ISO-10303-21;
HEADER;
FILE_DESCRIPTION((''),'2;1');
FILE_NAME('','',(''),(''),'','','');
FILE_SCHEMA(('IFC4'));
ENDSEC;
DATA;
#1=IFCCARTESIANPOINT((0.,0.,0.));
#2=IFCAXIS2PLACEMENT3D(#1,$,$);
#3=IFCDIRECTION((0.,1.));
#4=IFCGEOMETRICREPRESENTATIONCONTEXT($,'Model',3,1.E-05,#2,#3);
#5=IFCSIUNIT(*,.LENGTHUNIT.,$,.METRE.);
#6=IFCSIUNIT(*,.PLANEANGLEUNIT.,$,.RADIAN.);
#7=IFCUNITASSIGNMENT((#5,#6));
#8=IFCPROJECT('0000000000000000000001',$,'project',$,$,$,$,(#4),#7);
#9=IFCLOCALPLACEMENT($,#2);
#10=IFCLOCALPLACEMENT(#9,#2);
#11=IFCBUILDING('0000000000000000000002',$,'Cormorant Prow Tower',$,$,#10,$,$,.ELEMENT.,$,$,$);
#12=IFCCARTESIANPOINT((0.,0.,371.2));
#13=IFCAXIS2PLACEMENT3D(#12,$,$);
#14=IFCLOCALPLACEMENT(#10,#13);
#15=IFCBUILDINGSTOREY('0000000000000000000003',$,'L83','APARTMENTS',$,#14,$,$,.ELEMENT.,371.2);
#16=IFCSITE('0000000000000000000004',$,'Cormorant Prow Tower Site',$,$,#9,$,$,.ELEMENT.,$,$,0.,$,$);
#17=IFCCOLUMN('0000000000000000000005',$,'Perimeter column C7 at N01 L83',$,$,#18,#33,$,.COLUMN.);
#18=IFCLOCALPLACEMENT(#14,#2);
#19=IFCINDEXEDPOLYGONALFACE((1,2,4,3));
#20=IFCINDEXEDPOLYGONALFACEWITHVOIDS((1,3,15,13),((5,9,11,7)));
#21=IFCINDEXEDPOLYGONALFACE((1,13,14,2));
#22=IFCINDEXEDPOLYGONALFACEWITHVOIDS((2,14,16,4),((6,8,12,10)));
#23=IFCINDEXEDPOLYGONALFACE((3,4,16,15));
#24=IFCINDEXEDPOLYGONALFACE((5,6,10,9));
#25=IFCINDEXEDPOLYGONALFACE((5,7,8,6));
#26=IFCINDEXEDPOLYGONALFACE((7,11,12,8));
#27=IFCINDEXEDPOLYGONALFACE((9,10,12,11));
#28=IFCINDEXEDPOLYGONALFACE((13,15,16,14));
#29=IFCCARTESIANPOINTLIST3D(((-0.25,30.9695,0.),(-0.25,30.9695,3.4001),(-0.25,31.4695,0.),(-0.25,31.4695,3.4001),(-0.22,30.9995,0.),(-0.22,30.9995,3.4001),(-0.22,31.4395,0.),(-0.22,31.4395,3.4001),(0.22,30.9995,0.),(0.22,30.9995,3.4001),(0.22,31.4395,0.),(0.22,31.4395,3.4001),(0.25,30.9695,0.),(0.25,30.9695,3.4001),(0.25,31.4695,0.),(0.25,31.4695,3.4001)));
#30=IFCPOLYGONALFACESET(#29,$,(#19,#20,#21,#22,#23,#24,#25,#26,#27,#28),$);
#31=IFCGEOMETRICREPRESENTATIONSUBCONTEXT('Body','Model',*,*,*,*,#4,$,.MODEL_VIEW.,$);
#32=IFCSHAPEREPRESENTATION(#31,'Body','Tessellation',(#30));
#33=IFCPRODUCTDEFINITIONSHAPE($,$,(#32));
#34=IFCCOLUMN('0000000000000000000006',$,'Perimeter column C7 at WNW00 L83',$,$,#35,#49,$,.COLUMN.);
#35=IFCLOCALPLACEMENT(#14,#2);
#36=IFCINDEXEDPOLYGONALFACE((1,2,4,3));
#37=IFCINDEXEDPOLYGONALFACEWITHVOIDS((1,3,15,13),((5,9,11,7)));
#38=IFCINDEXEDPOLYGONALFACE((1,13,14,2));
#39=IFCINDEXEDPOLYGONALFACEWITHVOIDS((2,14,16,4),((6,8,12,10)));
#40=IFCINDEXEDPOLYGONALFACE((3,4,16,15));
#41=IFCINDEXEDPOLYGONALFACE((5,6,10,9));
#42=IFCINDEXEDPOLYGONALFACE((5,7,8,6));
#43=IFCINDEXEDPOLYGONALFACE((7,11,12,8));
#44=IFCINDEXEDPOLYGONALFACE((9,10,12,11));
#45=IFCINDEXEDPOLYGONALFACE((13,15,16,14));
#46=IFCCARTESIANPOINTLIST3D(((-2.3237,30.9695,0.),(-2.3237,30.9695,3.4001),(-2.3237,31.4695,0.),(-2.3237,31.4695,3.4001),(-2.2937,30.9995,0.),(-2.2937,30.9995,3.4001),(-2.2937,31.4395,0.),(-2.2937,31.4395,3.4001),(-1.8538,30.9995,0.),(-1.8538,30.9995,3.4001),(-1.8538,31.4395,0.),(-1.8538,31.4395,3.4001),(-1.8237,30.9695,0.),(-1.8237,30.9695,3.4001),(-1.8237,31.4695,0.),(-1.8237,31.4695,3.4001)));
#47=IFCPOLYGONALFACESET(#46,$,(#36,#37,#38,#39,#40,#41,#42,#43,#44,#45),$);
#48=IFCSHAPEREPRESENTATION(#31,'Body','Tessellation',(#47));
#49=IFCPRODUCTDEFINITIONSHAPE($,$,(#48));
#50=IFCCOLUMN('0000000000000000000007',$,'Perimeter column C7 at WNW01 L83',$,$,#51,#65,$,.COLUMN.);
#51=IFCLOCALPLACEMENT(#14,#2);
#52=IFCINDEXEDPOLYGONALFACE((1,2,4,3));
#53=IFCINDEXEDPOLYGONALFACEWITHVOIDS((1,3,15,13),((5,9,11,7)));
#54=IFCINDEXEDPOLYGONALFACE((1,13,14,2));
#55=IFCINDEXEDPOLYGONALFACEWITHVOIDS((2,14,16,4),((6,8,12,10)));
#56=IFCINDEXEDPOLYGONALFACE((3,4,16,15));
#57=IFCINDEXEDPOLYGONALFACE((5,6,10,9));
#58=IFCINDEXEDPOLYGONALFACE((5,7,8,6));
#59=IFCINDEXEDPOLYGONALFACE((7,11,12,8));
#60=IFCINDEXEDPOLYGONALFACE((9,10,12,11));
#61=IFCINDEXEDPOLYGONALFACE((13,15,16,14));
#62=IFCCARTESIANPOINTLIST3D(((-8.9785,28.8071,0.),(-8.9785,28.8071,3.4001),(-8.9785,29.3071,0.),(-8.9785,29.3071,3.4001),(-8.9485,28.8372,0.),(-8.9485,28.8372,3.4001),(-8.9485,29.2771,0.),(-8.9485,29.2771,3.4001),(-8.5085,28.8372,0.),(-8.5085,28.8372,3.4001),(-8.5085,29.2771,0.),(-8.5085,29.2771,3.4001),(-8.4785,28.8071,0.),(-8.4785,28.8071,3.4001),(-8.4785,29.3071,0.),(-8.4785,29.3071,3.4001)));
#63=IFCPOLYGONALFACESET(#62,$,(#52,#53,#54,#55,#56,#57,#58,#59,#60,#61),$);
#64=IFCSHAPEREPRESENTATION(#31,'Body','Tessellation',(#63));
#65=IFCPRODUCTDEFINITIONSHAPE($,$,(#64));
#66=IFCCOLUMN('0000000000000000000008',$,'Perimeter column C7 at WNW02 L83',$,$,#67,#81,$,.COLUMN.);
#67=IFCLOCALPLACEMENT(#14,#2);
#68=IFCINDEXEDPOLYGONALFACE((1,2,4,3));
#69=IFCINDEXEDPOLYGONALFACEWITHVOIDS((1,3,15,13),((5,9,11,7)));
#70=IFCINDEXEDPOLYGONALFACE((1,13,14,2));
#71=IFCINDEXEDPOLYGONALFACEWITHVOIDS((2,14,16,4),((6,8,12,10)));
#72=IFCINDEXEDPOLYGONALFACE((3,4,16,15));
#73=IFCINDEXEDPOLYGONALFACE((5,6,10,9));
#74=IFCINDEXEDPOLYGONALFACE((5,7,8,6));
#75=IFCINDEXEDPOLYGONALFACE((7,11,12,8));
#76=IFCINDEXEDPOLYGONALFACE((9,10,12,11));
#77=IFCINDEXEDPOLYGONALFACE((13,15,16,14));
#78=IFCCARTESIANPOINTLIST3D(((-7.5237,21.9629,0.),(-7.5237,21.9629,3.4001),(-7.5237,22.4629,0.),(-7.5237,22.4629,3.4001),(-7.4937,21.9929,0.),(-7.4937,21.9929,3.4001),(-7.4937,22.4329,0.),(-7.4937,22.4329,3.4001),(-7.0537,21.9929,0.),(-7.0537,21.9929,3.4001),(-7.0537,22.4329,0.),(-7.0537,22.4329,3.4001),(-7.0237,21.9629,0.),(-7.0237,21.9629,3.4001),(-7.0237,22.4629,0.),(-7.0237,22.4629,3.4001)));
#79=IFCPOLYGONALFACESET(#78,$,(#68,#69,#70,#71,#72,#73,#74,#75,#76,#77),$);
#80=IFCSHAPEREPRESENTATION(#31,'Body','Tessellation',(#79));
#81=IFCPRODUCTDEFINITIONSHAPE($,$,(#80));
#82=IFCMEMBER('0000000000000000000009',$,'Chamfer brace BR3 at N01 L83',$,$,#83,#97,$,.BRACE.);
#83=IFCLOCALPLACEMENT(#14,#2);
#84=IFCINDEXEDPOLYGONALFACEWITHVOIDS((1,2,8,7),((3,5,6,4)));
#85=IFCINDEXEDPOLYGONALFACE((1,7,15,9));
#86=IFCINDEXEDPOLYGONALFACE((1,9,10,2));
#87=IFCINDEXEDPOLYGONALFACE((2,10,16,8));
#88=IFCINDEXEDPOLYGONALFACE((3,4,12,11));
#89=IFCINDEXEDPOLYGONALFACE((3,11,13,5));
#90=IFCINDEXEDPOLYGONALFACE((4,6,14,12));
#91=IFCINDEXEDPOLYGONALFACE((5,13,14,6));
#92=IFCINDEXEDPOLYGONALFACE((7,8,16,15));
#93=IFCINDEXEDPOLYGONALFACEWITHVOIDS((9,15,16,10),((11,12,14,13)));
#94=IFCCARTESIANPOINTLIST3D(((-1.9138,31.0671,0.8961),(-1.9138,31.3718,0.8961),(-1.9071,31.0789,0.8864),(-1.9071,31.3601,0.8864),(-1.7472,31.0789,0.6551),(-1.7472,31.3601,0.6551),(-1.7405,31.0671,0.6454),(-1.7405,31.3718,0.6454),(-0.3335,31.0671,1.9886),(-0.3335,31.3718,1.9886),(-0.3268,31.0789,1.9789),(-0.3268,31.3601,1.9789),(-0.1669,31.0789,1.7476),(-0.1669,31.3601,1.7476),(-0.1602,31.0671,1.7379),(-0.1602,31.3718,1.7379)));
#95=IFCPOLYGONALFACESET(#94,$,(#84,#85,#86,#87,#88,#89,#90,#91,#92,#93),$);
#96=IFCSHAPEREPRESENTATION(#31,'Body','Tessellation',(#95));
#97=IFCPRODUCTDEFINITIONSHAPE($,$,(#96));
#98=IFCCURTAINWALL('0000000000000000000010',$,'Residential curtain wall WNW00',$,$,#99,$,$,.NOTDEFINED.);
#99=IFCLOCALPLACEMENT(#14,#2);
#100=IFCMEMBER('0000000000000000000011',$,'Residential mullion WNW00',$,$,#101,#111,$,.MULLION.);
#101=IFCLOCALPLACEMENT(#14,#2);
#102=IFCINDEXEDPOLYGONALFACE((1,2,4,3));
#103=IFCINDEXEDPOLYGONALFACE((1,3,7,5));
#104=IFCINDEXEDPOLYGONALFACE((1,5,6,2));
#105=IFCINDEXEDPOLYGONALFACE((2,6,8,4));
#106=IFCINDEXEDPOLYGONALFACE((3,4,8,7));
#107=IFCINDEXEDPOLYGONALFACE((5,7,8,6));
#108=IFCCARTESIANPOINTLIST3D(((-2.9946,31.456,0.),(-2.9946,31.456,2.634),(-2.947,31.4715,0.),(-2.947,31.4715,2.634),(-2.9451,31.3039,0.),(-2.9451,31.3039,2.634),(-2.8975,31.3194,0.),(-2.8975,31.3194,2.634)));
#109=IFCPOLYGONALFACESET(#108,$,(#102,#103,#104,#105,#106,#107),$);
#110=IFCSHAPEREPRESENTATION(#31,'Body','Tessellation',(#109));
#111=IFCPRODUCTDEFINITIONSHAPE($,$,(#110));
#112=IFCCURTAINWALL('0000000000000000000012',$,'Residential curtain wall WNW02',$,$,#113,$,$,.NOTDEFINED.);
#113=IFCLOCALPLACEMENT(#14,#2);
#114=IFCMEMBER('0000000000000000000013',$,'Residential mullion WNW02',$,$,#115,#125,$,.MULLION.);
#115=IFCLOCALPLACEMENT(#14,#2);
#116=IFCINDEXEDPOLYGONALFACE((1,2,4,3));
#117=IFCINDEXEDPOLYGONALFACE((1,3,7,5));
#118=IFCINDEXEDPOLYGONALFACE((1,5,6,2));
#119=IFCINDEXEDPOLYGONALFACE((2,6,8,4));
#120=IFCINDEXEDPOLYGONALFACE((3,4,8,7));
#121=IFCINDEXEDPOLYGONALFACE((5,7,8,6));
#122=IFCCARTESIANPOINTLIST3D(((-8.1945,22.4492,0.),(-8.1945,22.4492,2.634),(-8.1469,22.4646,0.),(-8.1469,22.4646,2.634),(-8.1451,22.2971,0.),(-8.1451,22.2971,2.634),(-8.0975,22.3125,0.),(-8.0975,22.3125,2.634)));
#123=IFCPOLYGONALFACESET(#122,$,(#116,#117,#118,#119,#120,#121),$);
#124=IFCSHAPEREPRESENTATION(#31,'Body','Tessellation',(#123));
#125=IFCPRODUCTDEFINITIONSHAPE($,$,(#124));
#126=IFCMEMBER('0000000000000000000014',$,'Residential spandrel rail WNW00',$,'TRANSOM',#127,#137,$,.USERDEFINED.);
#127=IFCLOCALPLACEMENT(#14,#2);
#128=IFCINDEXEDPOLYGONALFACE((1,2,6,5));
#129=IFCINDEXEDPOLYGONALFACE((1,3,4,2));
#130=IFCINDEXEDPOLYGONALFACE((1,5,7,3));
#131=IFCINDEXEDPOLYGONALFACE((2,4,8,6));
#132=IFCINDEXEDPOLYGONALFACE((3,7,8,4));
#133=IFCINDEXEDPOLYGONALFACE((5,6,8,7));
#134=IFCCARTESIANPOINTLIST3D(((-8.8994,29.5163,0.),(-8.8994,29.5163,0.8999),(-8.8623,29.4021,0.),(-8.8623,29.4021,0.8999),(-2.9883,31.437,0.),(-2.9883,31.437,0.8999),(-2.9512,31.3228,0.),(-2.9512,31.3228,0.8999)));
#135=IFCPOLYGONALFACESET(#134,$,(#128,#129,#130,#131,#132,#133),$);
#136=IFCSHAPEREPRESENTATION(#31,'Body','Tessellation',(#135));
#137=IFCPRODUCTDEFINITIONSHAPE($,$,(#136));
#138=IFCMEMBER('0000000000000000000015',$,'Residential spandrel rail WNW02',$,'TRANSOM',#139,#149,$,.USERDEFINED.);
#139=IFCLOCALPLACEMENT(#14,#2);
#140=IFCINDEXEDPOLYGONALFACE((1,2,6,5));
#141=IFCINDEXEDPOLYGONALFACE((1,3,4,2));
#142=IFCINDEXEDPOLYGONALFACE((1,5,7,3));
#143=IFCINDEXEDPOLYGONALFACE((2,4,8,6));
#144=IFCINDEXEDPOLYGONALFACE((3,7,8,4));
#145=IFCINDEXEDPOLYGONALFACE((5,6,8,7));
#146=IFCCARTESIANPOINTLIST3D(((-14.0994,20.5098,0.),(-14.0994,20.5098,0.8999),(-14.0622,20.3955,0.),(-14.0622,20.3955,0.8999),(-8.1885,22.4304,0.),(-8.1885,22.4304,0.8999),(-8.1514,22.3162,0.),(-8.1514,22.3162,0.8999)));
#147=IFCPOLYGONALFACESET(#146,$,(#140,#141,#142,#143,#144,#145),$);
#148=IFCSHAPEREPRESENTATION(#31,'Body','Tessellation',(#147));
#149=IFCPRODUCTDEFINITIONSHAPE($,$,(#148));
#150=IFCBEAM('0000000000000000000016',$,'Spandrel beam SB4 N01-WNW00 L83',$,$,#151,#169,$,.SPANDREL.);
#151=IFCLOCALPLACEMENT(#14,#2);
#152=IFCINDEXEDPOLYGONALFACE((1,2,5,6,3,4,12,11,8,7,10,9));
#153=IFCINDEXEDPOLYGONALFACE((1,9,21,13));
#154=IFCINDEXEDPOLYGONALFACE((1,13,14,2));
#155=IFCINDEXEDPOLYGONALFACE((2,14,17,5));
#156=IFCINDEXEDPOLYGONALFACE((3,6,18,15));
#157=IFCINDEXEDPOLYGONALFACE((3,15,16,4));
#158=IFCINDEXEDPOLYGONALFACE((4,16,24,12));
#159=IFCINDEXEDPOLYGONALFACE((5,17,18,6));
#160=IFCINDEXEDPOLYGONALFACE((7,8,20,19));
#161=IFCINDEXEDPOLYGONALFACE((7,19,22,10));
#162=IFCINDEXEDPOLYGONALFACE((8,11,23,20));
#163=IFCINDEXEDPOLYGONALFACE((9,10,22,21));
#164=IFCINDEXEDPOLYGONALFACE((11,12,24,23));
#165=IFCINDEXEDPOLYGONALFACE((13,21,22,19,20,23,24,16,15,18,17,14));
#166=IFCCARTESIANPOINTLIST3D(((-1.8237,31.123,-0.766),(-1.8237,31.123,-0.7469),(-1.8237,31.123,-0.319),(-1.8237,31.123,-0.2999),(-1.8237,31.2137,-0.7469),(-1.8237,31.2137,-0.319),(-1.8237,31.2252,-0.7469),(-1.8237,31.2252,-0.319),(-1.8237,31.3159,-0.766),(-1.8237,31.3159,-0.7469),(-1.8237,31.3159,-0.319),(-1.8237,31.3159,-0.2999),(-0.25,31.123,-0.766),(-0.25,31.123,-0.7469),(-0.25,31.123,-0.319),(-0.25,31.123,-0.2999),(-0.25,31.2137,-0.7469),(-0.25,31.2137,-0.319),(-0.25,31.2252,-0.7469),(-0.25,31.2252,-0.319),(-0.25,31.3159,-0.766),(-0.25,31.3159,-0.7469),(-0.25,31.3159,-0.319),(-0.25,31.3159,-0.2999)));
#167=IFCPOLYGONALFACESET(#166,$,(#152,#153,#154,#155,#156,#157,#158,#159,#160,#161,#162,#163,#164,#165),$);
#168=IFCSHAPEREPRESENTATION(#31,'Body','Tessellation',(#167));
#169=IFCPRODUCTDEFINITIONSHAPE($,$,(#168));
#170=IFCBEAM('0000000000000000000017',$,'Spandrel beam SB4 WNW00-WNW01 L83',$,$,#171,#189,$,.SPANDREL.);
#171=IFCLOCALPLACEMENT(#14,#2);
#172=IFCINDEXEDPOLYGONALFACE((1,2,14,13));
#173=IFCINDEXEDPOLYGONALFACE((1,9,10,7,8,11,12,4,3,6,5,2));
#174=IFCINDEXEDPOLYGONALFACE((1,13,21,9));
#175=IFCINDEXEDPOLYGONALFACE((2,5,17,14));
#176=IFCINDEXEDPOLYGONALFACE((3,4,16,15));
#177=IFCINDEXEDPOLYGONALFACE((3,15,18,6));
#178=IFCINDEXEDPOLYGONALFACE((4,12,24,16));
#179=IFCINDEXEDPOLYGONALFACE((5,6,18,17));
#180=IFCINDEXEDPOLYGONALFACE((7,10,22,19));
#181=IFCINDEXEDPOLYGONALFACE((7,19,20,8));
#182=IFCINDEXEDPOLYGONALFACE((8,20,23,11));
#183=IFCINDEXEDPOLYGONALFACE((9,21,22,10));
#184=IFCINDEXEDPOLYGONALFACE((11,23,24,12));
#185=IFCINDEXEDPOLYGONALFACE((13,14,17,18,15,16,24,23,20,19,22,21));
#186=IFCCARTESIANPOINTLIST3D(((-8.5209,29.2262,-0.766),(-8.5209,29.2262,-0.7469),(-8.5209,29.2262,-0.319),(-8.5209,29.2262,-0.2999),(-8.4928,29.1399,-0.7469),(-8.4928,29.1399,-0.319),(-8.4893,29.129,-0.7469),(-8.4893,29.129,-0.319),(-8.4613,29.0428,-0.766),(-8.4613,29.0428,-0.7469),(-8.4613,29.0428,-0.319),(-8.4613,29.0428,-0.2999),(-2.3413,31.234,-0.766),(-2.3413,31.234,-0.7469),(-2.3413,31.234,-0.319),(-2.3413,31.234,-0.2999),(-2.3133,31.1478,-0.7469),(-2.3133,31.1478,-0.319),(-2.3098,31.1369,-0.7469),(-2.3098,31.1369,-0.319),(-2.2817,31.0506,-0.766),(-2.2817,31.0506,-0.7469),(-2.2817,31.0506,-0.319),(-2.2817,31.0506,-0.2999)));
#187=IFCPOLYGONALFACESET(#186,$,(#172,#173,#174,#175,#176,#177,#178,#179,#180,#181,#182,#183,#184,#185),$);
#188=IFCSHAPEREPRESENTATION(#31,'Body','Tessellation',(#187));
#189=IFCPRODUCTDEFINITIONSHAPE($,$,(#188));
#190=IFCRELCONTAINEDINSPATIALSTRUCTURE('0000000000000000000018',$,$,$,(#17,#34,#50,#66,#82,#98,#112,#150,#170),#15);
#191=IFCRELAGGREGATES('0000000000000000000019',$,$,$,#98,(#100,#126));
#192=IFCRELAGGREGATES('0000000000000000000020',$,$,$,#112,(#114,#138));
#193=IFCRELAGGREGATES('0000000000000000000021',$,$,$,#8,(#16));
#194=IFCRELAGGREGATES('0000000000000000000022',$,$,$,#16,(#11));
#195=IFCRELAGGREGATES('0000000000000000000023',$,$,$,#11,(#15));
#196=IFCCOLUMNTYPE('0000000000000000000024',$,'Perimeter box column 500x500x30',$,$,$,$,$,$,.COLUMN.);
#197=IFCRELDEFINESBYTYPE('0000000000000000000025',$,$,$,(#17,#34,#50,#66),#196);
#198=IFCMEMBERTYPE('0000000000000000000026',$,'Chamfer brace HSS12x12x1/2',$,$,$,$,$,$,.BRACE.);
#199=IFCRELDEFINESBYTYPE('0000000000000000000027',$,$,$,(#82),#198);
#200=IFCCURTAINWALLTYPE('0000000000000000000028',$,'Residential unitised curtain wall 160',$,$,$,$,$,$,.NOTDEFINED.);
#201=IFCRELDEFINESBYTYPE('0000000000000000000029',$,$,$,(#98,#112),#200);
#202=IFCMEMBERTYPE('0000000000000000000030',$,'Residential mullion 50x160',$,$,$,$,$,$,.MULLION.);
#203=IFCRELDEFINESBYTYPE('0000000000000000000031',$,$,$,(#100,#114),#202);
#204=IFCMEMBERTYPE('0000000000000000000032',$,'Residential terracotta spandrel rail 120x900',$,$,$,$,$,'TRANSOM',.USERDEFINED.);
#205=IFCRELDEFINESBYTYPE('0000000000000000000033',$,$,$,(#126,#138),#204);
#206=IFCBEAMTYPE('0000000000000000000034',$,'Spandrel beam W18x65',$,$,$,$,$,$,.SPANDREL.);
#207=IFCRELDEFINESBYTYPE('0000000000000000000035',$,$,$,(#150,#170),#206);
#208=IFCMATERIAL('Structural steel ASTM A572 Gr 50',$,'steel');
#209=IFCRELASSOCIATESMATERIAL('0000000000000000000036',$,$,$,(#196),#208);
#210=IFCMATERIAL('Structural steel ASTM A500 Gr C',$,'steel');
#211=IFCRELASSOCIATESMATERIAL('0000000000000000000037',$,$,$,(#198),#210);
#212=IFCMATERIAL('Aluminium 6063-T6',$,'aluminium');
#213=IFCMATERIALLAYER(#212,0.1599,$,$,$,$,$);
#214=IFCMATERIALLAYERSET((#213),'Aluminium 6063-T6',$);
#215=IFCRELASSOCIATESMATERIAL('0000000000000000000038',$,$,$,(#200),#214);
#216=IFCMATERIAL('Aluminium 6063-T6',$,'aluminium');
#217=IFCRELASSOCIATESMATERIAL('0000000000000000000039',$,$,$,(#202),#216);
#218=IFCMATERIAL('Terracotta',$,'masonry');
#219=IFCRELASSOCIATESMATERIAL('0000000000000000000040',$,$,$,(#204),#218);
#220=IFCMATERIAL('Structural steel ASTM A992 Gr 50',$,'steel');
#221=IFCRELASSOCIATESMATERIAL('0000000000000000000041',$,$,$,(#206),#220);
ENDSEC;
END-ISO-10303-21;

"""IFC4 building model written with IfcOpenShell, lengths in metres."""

from ifc_helpers import new_model, si_unit, direction, frame, origin, origin_2d, place, context, subcontext, project, spatial, rectangle, hollow_rectangle, i_section, extrude, material, layer, layer_set, material_profile, profile_set, type_object, element, aggregate, save


model = new_model("IFC4")

# Units and contexts
model_context = context("Model", 3, precision=1e-05, world=origin(), true_north=direction((0.0, 1.0)))
body_context = subcontext(model_context, "Body", "Model", "MODEL_VIEW")
ifc_project = project(units=[si_unit("LENGTHUNIT", "METRE"), si_unit("PLANEANGLEUNIT", "RADIAN")], contexts=[model_context])

# Site, building, storey
site_placement = place(None, origin())
site = spatial("IfcSite", under=ifc_project, at=site_placement, Name="Cormorant Prow Tower Site", CompositionType="ELEMENT", RefElevation=0.0)
building_placement = place(site_placement, origin())
building = spatial("IfcBuilding", under=site, at=building_placement, Name="Cormorant Prow Tower", CompositionType="ELEMENT")
storey_placement = place(building_placement, frame((0.0, 0.0, 371.2)))
storey = spatial("IfcBuildingStorey", under=building, at=storey_placement, Name="L83", Description="APARTMENTS", CompositionType="ELEMENT", Elevation=371.2)

# Columns
ifc_material_1 = material(Name="Structural steel ASTM A572 Gr 50", Category="steel")
ifc_material_profile_1 = material_profile(ifc_material_1, hollow_rectangle(XDim=0.5, YDim=0.5, WallThickness=0.03, at=origin_2d()), Name="Box 500x500x30")
ifc_profile_set_1 = profile_set([ifc_material_profile_1], Name="Structural steel ASTM A572 Gr 50")
column_type = type_object("IfcColumnType", Name="Perimeter box column 500x500x30", PredefinedType="COLUMN", material=ifc_profile_set_1)
for number, where, z_axis, x_axis, name in (
    (1, (0.0, 31.2195, 0.0), (0.0, 0.0, 1.0), (1.0, 0.0, 0.0), "Perimeter column C7 at N01 L83"),
    (2, (-2.0737, 31.2195, 0.0), (0.0, 0.0, 1.0), (1.0, 0.0, 0.0), "Perimeter column C7 at WNW00 L83"),
    (3, (-8.7285, 29.0571, 0.0), (0.0, 0.0, 1.0), (1.0, 0.0, 0.0), "Perimeter column C7 at WNW01 L83"),
    (4, (-7.2737, 22.2129, 0.0), (0.0, 0.0, 1.0), (1.0, 0.0, 0.0), "Perimeter column C7 at WNW02 L83"),
):
    element("IfcColumn", number, at=place(storey_placement, frame(where, z_axis=z_axis, x_axis=x_axis)), inside=storey, type_object=column_type, Name=name, PredefinedType="COLUMN", context=body_context, shape_type="SweptSolid", body=[
        extrude(hollow_rectangle(XDim=0.5, YDim=0.5, WallThickness=0.03, at=origin_2d()), origin(), (0.0, 0.0, 1.0), 3.4001),
    ])

# Member
ifc_material_2 = material(Name="Structural steel ASTM A500 Gr C", Category="steel")
ifc_material_profile_2 = material_profile(ifc_material_2, hollow_rectangle(XDim=0.3047, YDim=0.3047, WallThickness=0.0117, at=origin_2d()), Name="HSS12x12x1/2")
ifc_profile_set_2 = profile_set([ifc_material_profile_2], Name="Structural steel ASTM A500 Gr C")
member_type_1 = type_object("IfcMemberType", Name="Chamfer brace HSS12x12x1/2", PredefinedType="BRACE", material=ifc_profile_set_2)
member_1_placement = place(storey_placement, frame((-1.8271, 31.2195, 0.7708), z_axis=(0.822567, 0.0, 0.568668), x_axis=(0.0, 1.0, 0.0)))
element("IfcMember", 5, at=member_1_placement, inside=storey, type_object=member_type_1, Name="Chamfer brace BR3 at N01 L83", PredefinedType="BRACE", context=body_context, shape_type="SweptSolid", body=[
    extrude(hollow_rectangle(XDim=0.3047, YDim=0.3047, WallThickness=0.0117, at=origin_2d()), origin(), (0.0, 0.0, 1.0), 1.9211),
])

# Curtain walls, members
ifc_material_3 = material(Name="Aluminium 6063-T6", Category="aluminium")
ifc_layer_1 = layer(ifc_material_3, 0.1599)
ifc_layer_set_1 = layer_set([ifc_layer_1], Name="Aluminium 6063-T6")
curtain_wall_type = type_object("IfcCurtainWallType", Name="Residential unitised curtain wall 160", PredefinedType="NOTDEFINED", material=ifc_layer_set_1)
curtain_wall_1_placement = place(storey_placement, origin())
curtain_wall_1 = element("IfcCurtainWall", 6, at=curtain_wall_1_placement, inside=storey, type_object=curtain_wall_type, Name="Residential curtain wall WNW00", PredefinedType="NOTDEFINED")
ifc_material_4 = material(Name="Aluminium 6063-T6", Category="aluminium")
ifc_material_profile_3 = material_profile(ifc_material_4, rectangle(XDim=0.1599, YDim=0.05, at=origin_2d()), Name="Residential mullion 50x160")
ifc_profile_set_3 = profile_set([ifc_material_profile_3], Name="Aluminium 6063-T6")
member_type_2 = type_object("IfcMemberType", Name="Residential mullion 50x160", PredefinedType="MULLION", material=ifc_profile_set_3)
member_2_placement = place(storey_placement, frame((-2.946, 31.3877, 0.0), z_axis=(0.0, 0.0, 1.0), x_axis=(0.309017, -0.951057, 0.0)))
member_2 = element("IfcMember", 7, at=member_2_placement, type_object=member_type_2, Name="Residential mullion WNW00", PredefinedType="MULLION", context=body_context, shape_type="SweptSolid", body=[
    extrude(rectangle(XDim=0.1599, YDim=0.05, at=origin_2d()), origin(), (0.0, 0.0, 1.0), 2.634),
])
curtain_wall_2_placement = place(storey_placement, origin())
curtain_wall_2 = element("IfcCurtainWall", 8, at=curtain_wall_2_placement, inside=storey, type_object=curtain_wall_type, Name="Residential curtain wall WNW02", PredefinedType="NOTDEFINED")
member_3_placement = place(storey_placement, frame((-8.146, 22.3809, 0.0), z_axis=(0.0, 0.0, 1.0), x_axis=(0.309017, -0.951056, 0.0)))
member_3 = element("IfcMember", 9, at=member_3_placement, type_object=member_type_2, Name="Residential mullion WNW02", PredefinedType="MULLION", context=body_context, shape_type="SweptSolid", body=[
    extrude(rectangle(XDim=0.1599, YDim=0.05, at=origin_2d()), origin(), (0.0, 0.0, 1.0), 2.634),
])

# Members
ifc_material_5 = material(Name="Terracotta", Category="masonry")
ifc_material_profile_4 = material_profile(ifc_material_5, rectangle(XDim=0.1201, YDim=0.8999, at=origin_2d()), Name="Residential terracotta spandrel rail 120x900")
ifc_profile_set_4 = profile_set([ifc_material_profile_4], Name="Terracotta")
member_type_3 = type_object("IfcMemberType", Name="Residential terracotta spandrel rail 120x900", ElementType="TRANSOM", PredefinedType="USERDEFINED", material=ifc_profile_set_4)
member_4_placement = place(storey_placement, frame((-2.9697, 31.3799, 0.45), z_axis=(-0.951056, -0.309019, 0.0), x_axis=(0.309019, -0.951056, 0.0)))
member_4 = element("IfcMember", 10, at=member_4_placement, type_object=member_type_3, Name="Residential spandrel rail WNW00", ObjectType="TRANSOM", PredefinedType="USERDEFINED", context=body_context, shape_type="SweptSolid", body=[
    extrude(rectangle(XDim=0.1201, YDim=0.8999, at=origin_2d()), origin(), (0.0, 0.0, 1.0), 6.2153),
])
member_5_placement = place(storey_placement, frame((-8.1699, 22.3733, 0.45), z_axis=(-0.951052, -0.30903, 0.0), x_axis=(0.30903, -0.951052, 0.0)))
member_5 = element("IfcMember", 11, at=member_5_placement, type_object=member_type_3, Name="Residential spandrel rail WNW02", ObjectType="TRANSOM", PredefinedType="USERDEFINED", context=body_context, shape_type="SweptSolid", body=[
    extrude(rectangle(XDim=0.1201, YDim=0.8999, at=origin_2d()), origin(), (0.0, 0.0, 1.0), 6.2151),
])

# Beams
ifc_material_6 = material(Name="Structural steel ASTM A992 Gr 50", Category="steel")
ifc_material_profile_5 = material_profile(ifc_material_6, i_section(OverallWidth=0.1929, OverallDepth=0.4661, WebThickness=0.0115, FlangeThickness=0.019, at=origin_2d()), Name="W18x65")
ifc_profile_set_5 = profile_set([ifc_material_profile_5], Name="Structural steel ASTM A992 Gr 50")
beam_type = type_object("IfcBeamType", Name="Spandrel beam W18x65", PredefinedType="SPANDREL", material=ifc_profile_set_5)
beam_1_placement = place(storey_placement, frame((-0.25, 31.2195, -0.533), z_axis=(-1.0, 0.0, 0.0), x_axis=(0.0, -1.0, 0.0)))
element("IfcBeam", 12, at=beam_1_placement, inside=storey, type_object=beam_type, Name="Spandrel beam SB4 N01-WNW00 L83", PredefinedType="SPANDREL", context=body_context, shape_type="SweptSolid", body=[
    extrude(i_section(OverallWidth=0.1929, OverallDepth=0.4661, WebThickness=0.0115, FlangeThickness=0.019, at=origin_2d()), origin(), (0.0, 0.0, 1.0), 1.5737),
])
for number, where, z_axis, x_axis, name in (
    (13, (-2.3115, 31.1423, -0.533), (-0.951057, -0.309016, 0.0), (0.309016, -0.951057, 0.0), "Spandrel beam SB4 WNW00-WNW01 L83"),
):
    element("IfcBeam", number, at=place(storey_placement, frame(where, z_axis=z_axis, x_axis=x_axis)), inside=storey, type_object=beam_type, Name=name, PredefinedType="SPANDREL", context=body_context, shape_type="SweptSolid", body=[
        extrude(i_section(OverallWidth=0.1929, OverallDepth=0.4661, WebThickness=0.0115, FlangeThickness=0.019, at=origin_2d()), origin(), (0.0, 0.0, 1.0), 6.4976),
    ])

aggregate(curtain_wall_1, [member_2, member_4])
aggregate(curtain_wall_2, [member_3, member_5])

save(model, "model.ifc")
